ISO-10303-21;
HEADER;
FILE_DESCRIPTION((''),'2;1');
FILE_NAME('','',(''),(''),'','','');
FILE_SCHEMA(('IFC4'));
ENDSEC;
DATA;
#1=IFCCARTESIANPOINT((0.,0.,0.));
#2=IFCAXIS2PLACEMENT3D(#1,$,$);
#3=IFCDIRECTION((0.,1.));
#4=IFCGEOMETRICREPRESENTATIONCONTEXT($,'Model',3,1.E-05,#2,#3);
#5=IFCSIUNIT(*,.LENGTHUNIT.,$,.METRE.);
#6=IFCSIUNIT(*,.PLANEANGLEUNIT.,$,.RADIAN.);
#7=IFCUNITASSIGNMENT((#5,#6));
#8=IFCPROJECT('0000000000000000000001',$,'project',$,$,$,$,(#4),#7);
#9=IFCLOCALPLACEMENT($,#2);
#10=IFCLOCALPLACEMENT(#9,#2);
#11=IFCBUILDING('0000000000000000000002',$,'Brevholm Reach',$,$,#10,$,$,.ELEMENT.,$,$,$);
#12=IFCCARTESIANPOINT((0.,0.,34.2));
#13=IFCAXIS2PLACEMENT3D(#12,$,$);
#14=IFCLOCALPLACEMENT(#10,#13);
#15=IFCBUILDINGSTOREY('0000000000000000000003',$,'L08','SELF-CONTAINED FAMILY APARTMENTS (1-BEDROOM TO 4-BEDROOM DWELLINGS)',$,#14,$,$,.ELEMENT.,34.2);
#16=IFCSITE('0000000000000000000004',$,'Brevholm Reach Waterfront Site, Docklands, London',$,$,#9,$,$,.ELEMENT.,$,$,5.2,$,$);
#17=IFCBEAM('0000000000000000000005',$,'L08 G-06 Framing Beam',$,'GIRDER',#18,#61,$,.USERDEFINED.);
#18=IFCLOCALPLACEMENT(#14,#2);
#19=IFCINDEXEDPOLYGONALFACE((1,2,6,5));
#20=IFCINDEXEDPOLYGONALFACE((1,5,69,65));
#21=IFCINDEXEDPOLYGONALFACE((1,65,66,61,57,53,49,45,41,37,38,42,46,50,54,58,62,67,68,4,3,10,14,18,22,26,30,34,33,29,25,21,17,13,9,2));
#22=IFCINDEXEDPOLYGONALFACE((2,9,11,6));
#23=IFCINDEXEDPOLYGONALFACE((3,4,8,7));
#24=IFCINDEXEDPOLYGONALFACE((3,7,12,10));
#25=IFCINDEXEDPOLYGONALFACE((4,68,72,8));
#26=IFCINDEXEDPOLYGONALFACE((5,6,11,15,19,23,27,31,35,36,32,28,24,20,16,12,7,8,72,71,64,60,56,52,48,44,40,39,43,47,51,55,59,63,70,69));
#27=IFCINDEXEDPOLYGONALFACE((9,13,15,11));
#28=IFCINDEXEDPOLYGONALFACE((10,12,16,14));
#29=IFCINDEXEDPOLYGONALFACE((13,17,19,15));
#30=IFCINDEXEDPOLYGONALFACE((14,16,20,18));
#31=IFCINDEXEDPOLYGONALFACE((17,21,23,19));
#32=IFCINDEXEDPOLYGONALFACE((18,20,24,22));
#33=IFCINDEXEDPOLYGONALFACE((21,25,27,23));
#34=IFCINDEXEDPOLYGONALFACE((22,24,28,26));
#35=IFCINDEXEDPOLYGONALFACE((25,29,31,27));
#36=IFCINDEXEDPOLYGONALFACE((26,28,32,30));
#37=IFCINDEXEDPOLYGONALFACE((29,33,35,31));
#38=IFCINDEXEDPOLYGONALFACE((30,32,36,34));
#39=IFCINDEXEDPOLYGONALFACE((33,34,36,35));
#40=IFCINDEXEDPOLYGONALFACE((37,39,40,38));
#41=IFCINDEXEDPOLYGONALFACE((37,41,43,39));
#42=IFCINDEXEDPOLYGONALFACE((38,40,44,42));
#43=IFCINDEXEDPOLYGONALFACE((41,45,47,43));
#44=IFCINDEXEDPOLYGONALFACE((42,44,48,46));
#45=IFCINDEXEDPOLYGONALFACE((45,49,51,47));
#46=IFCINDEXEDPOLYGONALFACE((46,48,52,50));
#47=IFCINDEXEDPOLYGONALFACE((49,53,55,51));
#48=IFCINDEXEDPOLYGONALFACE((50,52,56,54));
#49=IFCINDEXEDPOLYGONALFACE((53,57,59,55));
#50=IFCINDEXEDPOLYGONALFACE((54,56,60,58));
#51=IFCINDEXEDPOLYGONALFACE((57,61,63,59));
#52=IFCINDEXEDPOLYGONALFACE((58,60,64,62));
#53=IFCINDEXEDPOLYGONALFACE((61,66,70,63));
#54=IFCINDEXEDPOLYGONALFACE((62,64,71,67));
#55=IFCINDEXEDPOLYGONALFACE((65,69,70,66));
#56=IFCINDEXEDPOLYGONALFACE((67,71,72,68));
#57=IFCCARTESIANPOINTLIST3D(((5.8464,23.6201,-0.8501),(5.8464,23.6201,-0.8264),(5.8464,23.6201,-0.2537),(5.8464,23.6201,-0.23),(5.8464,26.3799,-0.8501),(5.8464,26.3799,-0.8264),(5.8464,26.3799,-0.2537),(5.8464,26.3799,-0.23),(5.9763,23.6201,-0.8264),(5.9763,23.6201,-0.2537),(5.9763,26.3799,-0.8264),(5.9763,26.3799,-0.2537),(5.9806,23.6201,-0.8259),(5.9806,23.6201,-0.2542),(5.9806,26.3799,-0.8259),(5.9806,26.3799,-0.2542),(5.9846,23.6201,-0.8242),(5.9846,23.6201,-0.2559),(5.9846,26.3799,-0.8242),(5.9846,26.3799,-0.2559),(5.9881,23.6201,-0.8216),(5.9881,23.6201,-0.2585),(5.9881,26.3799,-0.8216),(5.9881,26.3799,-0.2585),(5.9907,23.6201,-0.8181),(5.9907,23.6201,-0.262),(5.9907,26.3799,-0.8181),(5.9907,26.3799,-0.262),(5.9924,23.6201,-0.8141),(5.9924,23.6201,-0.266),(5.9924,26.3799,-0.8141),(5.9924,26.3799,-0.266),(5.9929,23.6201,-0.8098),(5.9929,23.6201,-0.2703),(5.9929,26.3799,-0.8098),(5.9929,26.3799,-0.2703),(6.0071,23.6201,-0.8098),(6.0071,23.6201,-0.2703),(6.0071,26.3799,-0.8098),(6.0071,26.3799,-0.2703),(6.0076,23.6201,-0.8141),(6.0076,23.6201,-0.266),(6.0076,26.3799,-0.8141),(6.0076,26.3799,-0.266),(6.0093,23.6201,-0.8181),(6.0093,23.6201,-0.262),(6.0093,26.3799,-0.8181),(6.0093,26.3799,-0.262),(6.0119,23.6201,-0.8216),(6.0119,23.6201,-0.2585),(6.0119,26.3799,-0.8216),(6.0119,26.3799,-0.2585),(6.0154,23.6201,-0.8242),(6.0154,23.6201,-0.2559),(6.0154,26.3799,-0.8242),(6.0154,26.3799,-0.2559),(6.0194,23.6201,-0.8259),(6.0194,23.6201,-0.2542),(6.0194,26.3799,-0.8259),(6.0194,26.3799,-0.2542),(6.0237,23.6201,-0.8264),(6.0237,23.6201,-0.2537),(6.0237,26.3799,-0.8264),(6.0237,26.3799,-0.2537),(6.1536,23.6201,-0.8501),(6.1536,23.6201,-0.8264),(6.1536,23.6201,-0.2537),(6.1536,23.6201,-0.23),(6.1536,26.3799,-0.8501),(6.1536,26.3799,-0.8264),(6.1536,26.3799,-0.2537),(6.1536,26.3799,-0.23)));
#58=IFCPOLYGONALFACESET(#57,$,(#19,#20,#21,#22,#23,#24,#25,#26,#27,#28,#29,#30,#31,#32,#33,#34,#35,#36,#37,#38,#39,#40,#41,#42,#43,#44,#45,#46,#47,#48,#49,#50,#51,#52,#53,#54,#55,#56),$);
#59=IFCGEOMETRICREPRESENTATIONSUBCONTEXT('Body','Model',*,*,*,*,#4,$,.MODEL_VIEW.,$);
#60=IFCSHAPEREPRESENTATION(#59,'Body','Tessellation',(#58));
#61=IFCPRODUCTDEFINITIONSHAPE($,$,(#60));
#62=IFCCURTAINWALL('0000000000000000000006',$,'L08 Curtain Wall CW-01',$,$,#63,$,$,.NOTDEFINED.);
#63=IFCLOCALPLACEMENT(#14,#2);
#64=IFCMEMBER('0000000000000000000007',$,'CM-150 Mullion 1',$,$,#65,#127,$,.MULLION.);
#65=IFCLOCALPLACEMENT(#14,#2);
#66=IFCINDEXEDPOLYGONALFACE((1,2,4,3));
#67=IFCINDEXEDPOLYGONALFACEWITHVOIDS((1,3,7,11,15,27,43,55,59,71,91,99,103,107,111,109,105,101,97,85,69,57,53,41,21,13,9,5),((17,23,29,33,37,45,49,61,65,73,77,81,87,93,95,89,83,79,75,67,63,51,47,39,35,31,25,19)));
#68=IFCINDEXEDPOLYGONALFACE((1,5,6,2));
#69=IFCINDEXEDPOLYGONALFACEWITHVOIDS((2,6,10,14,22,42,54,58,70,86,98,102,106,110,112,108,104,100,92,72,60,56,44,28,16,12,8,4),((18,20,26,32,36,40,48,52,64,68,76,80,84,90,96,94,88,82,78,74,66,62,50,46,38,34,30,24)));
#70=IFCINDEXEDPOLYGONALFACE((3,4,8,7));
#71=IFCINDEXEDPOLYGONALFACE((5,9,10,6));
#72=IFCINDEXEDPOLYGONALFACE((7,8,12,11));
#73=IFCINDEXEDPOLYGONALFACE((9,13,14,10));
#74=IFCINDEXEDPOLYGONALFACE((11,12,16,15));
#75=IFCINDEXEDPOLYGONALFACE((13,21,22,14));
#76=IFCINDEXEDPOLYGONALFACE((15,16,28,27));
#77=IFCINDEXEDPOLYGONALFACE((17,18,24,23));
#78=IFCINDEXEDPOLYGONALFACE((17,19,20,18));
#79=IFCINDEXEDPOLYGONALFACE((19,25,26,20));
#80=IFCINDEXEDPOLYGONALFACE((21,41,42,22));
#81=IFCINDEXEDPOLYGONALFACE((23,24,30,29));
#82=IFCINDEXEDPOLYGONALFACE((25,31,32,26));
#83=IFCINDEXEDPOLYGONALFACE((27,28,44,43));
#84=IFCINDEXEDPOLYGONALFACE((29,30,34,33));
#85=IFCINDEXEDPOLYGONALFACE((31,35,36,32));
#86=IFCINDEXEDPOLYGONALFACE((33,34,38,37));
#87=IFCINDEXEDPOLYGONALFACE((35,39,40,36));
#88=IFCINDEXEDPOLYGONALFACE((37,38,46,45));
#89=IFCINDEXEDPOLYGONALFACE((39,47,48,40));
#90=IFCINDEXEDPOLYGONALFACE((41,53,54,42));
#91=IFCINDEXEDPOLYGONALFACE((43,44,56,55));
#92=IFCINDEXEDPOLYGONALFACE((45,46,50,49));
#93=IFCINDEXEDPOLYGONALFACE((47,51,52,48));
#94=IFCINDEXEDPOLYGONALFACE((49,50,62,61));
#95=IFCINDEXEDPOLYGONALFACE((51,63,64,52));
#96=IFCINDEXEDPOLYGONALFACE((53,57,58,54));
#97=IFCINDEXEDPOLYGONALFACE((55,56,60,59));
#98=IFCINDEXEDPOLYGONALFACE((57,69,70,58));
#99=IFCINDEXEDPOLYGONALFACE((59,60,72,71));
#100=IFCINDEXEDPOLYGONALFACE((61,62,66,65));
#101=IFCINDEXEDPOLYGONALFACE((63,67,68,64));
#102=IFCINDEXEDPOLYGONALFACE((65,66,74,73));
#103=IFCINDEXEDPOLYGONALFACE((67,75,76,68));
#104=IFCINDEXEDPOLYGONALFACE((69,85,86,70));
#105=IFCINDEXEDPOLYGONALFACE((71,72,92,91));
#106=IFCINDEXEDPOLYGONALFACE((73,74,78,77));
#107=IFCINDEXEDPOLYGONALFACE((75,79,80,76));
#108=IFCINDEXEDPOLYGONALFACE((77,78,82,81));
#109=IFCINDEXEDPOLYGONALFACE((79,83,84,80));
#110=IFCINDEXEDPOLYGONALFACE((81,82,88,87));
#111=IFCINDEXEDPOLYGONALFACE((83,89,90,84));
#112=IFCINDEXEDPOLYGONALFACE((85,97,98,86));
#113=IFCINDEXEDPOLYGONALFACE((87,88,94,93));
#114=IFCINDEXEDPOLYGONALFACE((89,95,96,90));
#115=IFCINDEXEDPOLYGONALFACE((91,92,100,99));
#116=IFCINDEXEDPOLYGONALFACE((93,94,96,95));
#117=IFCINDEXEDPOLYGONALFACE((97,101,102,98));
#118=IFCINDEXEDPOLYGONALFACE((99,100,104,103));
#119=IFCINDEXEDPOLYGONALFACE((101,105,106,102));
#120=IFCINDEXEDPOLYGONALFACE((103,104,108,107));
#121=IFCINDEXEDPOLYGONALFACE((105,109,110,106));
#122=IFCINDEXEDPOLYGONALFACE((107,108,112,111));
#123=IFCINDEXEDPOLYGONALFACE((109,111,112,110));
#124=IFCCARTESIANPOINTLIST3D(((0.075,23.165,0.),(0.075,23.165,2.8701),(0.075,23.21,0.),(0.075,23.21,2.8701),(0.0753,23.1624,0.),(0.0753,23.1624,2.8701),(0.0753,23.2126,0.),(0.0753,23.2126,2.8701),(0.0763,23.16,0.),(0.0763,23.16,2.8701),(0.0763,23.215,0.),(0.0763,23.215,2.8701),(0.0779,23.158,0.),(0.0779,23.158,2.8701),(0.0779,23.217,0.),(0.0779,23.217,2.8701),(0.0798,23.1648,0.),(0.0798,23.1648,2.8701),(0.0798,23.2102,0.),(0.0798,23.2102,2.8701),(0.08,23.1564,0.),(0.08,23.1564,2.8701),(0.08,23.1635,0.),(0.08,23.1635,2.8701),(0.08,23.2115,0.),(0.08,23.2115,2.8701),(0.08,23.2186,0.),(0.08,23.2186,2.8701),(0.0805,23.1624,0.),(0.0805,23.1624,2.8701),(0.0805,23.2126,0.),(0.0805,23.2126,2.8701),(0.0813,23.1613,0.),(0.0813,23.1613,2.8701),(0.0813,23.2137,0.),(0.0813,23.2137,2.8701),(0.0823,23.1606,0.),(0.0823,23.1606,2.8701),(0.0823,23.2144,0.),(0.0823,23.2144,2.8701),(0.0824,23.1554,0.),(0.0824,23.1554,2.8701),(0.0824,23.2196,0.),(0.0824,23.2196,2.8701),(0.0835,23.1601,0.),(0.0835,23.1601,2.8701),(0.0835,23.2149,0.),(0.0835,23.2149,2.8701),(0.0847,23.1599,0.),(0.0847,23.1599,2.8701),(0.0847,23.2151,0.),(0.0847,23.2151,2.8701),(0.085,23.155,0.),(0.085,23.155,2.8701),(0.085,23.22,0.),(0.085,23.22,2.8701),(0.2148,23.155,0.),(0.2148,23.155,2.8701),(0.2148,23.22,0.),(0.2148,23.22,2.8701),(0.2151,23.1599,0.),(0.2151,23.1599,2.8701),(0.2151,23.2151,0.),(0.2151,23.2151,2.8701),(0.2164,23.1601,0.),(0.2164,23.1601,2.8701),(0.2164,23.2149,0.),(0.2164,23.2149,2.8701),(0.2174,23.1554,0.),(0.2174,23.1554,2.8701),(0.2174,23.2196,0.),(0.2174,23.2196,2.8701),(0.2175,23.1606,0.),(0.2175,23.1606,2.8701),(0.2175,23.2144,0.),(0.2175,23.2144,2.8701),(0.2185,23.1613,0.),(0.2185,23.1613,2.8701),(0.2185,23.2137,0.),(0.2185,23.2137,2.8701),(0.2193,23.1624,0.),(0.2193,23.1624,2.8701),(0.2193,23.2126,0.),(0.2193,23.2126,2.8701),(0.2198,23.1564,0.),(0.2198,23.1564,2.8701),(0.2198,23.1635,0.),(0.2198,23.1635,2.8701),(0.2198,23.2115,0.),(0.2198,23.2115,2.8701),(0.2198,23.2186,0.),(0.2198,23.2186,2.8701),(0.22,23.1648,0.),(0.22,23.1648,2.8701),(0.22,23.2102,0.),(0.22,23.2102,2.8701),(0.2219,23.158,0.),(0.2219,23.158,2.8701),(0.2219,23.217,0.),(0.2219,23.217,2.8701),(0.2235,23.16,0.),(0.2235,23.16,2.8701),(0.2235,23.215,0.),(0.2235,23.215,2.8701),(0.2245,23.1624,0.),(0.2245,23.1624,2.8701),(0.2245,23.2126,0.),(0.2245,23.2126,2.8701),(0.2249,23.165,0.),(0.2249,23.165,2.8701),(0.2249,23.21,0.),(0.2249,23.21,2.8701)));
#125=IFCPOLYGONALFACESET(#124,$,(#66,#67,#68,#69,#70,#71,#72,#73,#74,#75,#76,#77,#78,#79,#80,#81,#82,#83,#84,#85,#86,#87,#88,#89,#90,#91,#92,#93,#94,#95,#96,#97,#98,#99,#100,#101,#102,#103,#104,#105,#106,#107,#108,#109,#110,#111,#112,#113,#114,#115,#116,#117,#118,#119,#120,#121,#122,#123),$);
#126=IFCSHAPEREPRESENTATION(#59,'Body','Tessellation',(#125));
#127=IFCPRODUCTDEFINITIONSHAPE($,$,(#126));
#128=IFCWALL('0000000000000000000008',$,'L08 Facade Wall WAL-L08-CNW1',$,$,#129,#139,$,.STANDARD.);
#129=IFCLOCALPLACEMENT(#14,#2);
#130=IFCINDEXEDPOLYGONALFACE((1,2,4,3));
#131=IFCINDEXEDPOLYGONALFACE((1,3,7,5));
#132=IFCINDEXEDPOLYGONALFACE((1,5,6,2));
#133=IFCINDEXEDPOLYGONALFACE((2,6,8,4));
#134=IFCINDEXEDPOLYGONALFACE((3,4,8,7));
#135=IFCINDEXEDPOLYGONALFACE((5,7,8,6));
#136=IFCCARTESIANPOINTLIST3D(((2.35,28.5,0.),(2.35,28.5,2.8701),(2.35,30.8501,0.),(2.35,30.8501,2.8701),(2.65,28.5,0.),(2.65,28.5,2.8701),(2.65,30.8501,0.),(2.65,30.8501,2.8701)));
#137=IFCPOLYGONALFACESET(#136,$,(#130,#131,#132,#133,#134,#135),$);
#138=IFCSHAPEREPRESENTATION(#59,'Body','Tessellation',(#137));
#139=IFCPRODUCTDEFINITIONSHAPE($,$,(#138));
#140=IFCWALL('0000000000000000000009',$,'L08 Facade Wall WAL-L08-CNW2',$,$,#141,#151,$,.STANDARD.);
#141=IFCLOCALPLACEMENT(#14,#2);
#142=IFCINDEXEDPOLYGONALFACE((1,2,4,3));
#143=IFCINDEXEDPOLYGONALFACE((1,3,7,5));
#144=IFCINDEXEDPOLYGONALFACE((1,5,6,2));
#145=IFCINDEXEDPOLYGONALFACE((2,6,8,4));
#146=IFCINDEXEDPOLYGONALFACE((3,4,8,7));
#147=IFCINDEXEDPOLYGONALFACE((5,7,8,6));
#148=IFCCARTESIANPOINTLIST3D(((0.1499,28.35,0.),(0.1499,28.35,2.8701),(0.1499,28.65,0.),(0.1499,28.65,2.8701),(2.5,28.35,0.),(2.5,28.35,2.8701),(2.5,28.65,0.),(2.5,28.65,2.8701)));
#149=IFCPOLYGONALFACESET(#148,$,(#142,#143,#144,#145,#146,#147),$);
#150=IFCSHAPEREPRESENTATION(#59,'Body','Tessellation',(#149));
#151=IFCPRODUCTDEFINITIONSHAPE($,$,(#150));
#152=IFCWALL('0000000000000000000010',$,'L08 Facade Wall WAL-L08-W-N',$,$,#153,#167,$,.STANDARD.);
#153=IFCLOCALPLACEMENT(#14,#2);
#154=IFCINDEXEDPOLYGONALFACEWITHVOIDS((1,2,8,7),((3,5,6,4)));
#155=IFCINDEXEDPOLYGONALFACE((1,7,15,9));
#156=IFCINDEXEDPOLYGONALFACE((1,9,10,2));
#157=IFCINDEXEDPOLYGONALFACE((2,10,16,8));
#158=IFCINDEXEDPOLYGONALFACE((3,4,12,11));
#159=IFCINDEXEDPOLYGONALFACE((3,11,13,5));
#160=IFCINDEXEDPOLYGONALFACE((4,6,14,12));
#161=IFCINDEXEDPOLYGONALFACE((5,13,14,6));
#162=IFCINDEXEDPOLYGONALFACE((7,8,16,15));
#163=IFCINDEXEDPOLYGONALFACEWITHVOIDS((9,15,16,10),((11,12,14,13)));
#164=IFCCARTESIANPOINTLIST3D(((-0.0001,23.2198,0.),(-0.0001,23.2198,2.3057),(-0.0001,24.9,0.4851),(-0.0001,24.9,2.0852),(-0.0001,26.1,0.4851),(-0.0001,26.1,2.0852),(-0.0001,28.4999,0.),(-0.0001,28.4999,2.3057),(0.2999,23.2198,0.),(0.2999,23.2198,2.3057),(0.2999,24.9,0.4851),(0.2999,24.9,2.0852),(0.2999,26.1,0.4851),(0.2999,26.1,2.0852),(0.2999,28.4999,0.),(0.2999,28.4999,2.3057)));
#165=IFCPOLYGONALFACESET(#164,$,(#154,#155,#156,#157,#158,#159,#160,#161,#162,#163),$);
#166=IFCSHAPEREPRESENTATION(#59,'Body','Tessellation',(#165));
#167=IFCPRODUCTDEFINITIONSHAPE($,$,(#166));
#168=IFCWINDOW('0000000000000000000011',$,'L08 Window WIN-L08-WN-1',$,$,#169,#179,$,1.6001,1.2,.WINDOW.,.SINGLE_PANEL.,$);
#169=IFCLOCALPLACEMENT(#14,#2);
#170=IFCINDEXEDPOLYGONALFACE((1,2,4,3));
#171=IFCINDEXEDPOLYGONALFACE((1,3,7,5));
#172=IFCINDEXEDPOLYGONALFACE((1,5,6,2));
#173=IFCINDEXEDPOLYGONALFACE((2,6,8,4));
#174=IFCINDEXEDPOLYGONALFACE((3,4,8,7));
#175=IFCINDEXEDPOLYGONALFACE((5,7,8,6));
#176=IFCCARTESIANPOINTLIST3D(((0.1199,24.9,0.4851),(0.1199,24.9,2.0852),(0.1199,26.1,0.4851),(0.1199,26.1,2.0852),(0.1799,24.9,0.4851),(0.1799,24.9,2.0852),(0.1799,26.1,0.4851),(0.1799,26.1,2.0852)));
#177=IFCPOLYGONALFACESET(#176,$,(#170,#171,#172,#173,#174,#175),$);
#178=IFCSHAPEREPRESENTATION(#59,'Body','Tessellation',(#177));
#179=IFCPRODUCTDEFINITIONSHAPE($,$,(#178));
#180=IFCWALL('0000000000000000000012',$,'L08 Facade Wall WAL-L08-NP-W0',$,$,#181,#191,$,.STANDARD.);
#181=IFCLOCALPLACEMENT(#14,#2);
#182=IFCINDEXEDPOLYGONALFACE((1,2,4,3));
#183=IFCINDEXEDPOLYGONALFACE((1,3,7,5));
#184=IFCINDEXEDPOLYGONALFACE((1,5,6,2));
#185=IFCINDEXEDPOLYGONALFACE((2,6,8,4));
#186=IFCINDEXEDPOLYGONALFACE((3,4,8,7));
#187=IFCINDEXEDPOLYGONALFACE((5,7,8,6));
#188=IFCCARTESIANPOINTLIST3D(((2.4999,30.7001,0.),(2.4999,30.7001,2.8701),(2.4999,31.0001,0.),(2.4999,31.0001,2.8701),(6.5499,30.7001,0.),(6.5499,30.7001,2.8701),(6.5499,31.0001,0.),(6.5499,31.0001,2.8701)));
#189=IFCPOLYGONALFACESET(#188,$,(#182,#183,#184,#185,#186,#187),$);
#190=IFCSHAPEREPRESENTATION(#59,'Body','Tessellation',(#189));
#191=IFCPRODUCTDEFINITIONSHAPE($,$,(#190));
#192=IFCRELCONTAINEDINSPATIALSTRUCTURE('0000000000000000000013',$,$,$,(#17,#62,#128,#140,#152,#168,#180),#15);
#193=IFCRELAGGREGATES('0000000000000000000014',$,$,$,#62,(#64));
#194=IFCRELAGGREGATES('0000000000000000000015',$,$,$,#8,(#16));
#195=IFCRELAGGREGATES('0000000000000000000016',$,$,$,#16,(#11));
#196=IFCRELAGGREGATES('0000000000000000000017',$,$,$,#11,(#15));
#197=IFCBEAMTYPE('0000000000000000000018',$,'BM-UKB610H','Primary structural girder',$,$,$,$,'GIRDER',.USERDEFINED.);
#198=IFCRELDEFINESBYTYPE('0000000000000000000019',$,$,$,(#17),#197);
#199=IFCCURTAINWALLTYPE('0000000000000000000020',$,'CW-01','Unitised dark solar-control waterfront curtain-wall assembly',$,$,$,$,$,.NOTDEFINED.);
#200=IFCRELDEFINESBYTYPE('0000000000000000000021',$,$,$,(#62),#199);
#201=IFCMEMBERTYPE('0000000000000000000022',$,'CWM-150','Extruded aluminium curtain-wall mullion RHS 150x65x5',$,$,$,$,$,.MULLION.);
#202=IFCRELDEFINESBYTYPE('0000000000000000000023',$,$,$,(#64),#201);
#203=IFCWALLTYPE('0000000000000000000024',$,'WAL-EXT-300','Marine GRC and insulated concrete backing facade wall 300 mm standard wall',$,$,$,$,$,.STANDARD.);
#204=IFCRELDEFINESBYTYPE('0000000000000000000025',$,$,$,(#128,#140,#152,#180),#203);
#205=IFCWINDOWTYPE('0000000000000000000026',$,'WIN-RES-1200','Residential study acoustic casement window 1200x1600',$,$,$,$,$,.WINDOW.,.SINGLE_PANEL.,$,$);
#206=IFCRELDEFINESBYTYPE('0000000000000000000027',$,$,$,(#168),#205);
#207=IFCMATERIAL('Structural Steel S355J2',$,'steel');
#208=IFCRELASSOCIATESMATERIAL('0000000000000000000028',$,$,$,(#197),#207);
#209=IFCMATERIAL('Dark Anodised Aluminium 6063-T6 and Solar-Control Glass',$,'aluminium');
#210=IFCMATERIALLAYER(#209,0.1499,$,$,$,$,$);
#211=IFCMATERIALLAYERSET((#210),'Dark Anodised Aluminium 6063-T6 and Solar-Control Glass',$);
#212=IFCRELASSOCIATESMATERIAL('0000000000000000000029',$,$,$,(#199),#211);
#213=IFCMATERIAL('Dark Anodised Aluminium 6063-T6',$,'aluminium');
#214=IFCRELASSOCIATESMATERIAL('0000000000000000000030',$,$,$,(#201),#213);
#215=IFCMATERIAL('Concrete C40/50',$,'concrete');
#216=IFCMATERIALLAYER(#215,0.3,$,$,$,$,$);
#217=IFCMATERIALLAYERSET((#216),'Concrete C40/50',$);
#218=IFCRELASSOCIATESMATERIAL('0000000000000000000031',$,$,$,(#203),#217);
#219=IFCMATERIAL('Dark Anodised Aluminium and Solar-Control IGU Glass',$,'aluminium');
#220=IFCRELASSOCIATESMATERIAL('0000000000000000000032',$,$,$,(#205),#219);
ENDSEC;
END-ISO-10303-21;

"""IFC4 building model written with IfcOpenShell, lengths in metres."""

from ifc_helpers import new_model, si_unit, direction, frame, frame_2d, origin, origin_2d, place, context, subcontext, project, spatial, rectangle, hollow_rectangle, i_section, extrude, material, layer, layer_set, material_profile, profile_set, type_object, element, fill, aggregate, save


model = new_model("IFC4")

# Units and contexts
model_context = context("Model", 3, precision=1e-05, world=origin(), true_north=direction((0.0, 1.0)))
body_context = subcontext(model_context, "Body", "Model", "MODEL_VIEW")
ifc_project = project(units=[si_unit("LENGTHUNIT", "METRE"), si_unit("PLANEANGLEUNIT", "RADIAN")], contexts=[model_context])

# Site, building, storey
site_placement = place(None, origin())
site = spatial("IfcSite", under=ifc_project, at=site_placement, Name="Brevholm Reach Waterfront Site, Docklands, London", CompositionType="ELEMENT", RefElevation=5.2)
building_placement = place(site_placement, origin())
building = spatial("IfcBuilding", under=site, at=building_placement, Name="Brevholm Reach", CompositionType="ELEMENT")
storey_placement = place(building_placement, frame((0.0, 0.0, 34.2)))
storey = spatial("IfcBuildingStorey", under=building, at=storey_placement, Name="L08", Description="SELF-CONTAINED FAMILY APARTMENTS (1-BEDROOM TO 4-BEDROOM DWELLINGS)", CompositionType="ELEMENT", Elevation=34.2)

# Beam
ifc_material_1 = material(Name="Structural Steel S355J2", Category="steel")
ifc_material_profile_1 = material_profile(ifc_material_1, i_section(OverallWidth=0.3071, OverallDepth=0.6201, WebThickness=0.0142, FlangeThickness=0.0237, FilletRadius=0.0166, at=origin_2d()), Name="UKB 610x305x179")
ifc_profile_set_1 = profile_set([ifc_material_profile_1], Name="Structural Steel S355J2")
beam_type_1 = type_object("IfcBeamType", Name="BM-UKB610H", Description="Primary structural girder", ElementType="GIRDER", PredefinedType="USERDEFINED", material=ifc_profile_set_1)
beam_1_placement = place(storey_placement, frame((6.0, 23.6201, -0.54), z_axis=(0.0, 1.0, 0.0), x_axis=(-1.0, 0.0, 0.0)))
element("IfcBeam", 1, at=beam_1_placement, inside=storey, type_object=beam_type_1, Name="L08 G-06 Framing Beam", ObjectType="GIRDER", PredefinedType="USERDEFINED", context=body_context, shape_type="SweptSolid", body=[
    extrude(i_section(OverallWidth=0.3071, OverallDepth=0.6201, WebThickness=0.0142, FlangeThickness=0.0237, FilletRadius=0.0166, at=origin_2d()), origin(), (0.0, 0.0, 1.0), 2.7598),
])

# Curtain wall, member
ifc_material_2 = material(Name="Dark Anodised Aluminium 6063-T6 and Solar-Control Glass", Category="aluminium")
ifc_layer_1 = layer(ifc_material_2, 0.1499)
ifc_layer_set_1 = layer_set([ifc_layer_1], Name="Dark Anodised Aluminium 6063-T6 and Solar-Control Glass")
curtain_wall_type = type_object("IfcCurtainWallType", Name="CW-01", Description="Unitised dark solar-control waterfront curtain-wall assembly", PredefinedType="NOTDEFINED", material=ifc_layer_set_1)
curtain_wall_placement = place(storey_placement, origin())
curtain_wall = element("IfcCurtainWall", 2, at=curtain_wall_placement, inside=storey, type_object=curtain_wall_type, Name="L08 Curtain Wall CW-01", PredefinedType="NOTDEFINED")
ifc_material_3 = material(Name="Dark Anodised Aluminium 6063-T6", Category="aluminium")
ifc_material_profile_2 = material_profile(ifc_material_3, hollow_rectangle(XDim=0.0649, YDim=0.1499, WallThickness=0.0049, InnerFilletRadius=0.0049, OuterFilletRadius=0.01, at=origin_2d()), Name="RHS 150x65x5")
ifc_profile_set_2 = profile_set([ifc_material_profile_2], Name="Dark Anodised Aluminium 6063-T6")
member_type = type_object("IfcMemberType", Name="CWM-150", Description="Extruded aluminium curtain-wall mullion RHS 150x65x5", PredefinedType="MULLION", material=ifc_profile_set_2)
member_placement = place(storey_placement, frame((0.1499, 23.1875, 0.0), z_axis=(0.0, 0.0, 1.0), x_axis=(0.0, -1.0, 0.0)))
member = element("IfcMember", 3, at=member_placement, type_object=member_type, Name="CM-150 Mullion 1", PredefinedType="MULLION", context=body_context, shape_type="SweptSolid", body=[
    extrude(hollow_rectangle(XDim=0.0649, YDim=0.1499, WallThickness=0.0049, InnerFilletRadius=0.0049, OuterFilletRadius=0.01, at=origin_2d()), origin(), (0.0, 0.0, 1.0), 2.8701),
])
aggregate(curtain_wall, [member])

# Walls
ifc_material_4 = material(Name="Concrete C40/50", Category="concrete")
ifc_layer_2 = layer(ifc_material_4, 0.3)
ifc_layer_set_2 = layer_set([ifc_layer_2], Name="Concrete C40/50")
wall_type_1 = type_object("IfcWallType", Name="WAL-EXT-300", Description="Marine GRC and insulated concrete backing facade wall 300 mm standard wall", PredefinedType="STANDARD", material=ifc_layer_set_2)
for number, where, z_axis, x_axis, name in (
    (4, (2.5, 30.8501, 0.0), (0.0, 0.0, 1.0), (0.0, -1.0, 0.0), "L08 Facade Wall WAL-L08-CNW1"),
    (5, (2.5, 28.5, 0.0), (0.0, 0.0, 1.0), (-1.0, 0.0, 0.0), "L08 Facade Wall WAL-L08-CNW2"),
):
    element("IfcWall", number, at=place(storey_placement, frame(where, z_axis=z_axis, x_axis=x_axis)), inside=storey, type_object=wall_type_1, Name=name, PredefinedType="STANDARD", context=body_context, shape_type="SweptSolid", body=[
        extrude(rectangle(XDim=2.3501, YDim=0.3, at=frame_2d((1.175, 0.0))), origin(), (0.0, 0.0, 1.0), 2.8701),
    ])

# Wall, opening, window
wall_1_placement = place(storey_placement, frame((0.1499, 28.5, 0.0), z_axis=(0.0, 0.0, 1.0), x_axis=(0.0, -1.0, 0.0)))
wall_1 = element("IfcWall", 6, at=wall_1_placement, inside=storey, type_object=wall_type_1, Name="L08 Facade Wall WAL-L08-W-N", PredefinedType="STANDARD", context=body_context, shape_type="SweptSolid", body=[
    extrude(rectangle(XDim=5.28, YDim=0.3, at=frame_2d((2.6401, 0.0))), origin(), (0.0, 0.0, 1.0), 2.3057),
])
opening_1_placement = place(wall_1_placement, frame((2.3999, 0.0, 0.4851)))
opening_1 = element("IfcOpeningElement", 7, at=opening_1_placement, cuts=wall_1, PredefinedType="OPENING", context=body_context, shape_type="SweptSolid", body=[
    extrude(rectangle(XDim=1.2, YDim=1.6001, at=frame_2d((0.6001, 0.8))), frame((0.0, 0.1599, 0.0), z_axis=(0.0, -1.0, 0.0), x_axis=(1.0, 0.0, 0.0)), (0.0, 0.0, 1.0), 0.3201),
])
ifc_material_5 = material(Name="Dark Anodised Aluminium and Solar-Control IGU Glass", Category="aluminium")
window_type = type_object("IfcWindowType", Name="WIN-RES-1200", Description="Residential study acoustic casement window 1200x1600", PartitioningType="SINGLE_PANEL", PredefinedType="WINDOW", material=ifc_material_5)
window_placement = place(opening_1_placement, origin())
window = element("IfcWindow", 8, at=window_placement, inside=storey, type_object=window_type, Name="L08 Window WIN-L08-WN-1", OverallHeight=1.6001, OverallWidth=1.2, PartitioningType="SINGLE_PANEL", PredefinedType="WINDOW", context=body_context, shape_type="SweptSolid", body=[
    extrude(rectangle(XDim=1.2, YDim=1.6001, at=frame_2d((0.6001, 0.8))), frame((0.0, 0.03, 0.0), z_axis=(0.0, -1.0, 0.0), x_axis=(1.0, 0.0, 0.0)), (0.0, 0.0, 1.0), 0.0601),
])
fill(opening_1, window)

# Wall
wall_2_placement = place(storey_placement, frame((2.5, 30.8501, 0.0), z_axis=(0.0, 0.0, 1.0), x_axis=(1.0, 0.0, 0.0)))
element("IfcWall", 9, at=wall_2_placement, inside=storey, type_object=wall_type_1, Name="L08 Facade Wall WAL-L08-NP-W0", PredefinedType="STANDARD", context=body_context, shape_type="SweptSolid", body=[
    extrude(rectangle(XDim=4.05, YDim=0.3, at=frame_2d((2.0249, 0.0))), origin(), (0.0, 0.0, 1.0), 2.8701),
])

save(model, "model.ifc")
